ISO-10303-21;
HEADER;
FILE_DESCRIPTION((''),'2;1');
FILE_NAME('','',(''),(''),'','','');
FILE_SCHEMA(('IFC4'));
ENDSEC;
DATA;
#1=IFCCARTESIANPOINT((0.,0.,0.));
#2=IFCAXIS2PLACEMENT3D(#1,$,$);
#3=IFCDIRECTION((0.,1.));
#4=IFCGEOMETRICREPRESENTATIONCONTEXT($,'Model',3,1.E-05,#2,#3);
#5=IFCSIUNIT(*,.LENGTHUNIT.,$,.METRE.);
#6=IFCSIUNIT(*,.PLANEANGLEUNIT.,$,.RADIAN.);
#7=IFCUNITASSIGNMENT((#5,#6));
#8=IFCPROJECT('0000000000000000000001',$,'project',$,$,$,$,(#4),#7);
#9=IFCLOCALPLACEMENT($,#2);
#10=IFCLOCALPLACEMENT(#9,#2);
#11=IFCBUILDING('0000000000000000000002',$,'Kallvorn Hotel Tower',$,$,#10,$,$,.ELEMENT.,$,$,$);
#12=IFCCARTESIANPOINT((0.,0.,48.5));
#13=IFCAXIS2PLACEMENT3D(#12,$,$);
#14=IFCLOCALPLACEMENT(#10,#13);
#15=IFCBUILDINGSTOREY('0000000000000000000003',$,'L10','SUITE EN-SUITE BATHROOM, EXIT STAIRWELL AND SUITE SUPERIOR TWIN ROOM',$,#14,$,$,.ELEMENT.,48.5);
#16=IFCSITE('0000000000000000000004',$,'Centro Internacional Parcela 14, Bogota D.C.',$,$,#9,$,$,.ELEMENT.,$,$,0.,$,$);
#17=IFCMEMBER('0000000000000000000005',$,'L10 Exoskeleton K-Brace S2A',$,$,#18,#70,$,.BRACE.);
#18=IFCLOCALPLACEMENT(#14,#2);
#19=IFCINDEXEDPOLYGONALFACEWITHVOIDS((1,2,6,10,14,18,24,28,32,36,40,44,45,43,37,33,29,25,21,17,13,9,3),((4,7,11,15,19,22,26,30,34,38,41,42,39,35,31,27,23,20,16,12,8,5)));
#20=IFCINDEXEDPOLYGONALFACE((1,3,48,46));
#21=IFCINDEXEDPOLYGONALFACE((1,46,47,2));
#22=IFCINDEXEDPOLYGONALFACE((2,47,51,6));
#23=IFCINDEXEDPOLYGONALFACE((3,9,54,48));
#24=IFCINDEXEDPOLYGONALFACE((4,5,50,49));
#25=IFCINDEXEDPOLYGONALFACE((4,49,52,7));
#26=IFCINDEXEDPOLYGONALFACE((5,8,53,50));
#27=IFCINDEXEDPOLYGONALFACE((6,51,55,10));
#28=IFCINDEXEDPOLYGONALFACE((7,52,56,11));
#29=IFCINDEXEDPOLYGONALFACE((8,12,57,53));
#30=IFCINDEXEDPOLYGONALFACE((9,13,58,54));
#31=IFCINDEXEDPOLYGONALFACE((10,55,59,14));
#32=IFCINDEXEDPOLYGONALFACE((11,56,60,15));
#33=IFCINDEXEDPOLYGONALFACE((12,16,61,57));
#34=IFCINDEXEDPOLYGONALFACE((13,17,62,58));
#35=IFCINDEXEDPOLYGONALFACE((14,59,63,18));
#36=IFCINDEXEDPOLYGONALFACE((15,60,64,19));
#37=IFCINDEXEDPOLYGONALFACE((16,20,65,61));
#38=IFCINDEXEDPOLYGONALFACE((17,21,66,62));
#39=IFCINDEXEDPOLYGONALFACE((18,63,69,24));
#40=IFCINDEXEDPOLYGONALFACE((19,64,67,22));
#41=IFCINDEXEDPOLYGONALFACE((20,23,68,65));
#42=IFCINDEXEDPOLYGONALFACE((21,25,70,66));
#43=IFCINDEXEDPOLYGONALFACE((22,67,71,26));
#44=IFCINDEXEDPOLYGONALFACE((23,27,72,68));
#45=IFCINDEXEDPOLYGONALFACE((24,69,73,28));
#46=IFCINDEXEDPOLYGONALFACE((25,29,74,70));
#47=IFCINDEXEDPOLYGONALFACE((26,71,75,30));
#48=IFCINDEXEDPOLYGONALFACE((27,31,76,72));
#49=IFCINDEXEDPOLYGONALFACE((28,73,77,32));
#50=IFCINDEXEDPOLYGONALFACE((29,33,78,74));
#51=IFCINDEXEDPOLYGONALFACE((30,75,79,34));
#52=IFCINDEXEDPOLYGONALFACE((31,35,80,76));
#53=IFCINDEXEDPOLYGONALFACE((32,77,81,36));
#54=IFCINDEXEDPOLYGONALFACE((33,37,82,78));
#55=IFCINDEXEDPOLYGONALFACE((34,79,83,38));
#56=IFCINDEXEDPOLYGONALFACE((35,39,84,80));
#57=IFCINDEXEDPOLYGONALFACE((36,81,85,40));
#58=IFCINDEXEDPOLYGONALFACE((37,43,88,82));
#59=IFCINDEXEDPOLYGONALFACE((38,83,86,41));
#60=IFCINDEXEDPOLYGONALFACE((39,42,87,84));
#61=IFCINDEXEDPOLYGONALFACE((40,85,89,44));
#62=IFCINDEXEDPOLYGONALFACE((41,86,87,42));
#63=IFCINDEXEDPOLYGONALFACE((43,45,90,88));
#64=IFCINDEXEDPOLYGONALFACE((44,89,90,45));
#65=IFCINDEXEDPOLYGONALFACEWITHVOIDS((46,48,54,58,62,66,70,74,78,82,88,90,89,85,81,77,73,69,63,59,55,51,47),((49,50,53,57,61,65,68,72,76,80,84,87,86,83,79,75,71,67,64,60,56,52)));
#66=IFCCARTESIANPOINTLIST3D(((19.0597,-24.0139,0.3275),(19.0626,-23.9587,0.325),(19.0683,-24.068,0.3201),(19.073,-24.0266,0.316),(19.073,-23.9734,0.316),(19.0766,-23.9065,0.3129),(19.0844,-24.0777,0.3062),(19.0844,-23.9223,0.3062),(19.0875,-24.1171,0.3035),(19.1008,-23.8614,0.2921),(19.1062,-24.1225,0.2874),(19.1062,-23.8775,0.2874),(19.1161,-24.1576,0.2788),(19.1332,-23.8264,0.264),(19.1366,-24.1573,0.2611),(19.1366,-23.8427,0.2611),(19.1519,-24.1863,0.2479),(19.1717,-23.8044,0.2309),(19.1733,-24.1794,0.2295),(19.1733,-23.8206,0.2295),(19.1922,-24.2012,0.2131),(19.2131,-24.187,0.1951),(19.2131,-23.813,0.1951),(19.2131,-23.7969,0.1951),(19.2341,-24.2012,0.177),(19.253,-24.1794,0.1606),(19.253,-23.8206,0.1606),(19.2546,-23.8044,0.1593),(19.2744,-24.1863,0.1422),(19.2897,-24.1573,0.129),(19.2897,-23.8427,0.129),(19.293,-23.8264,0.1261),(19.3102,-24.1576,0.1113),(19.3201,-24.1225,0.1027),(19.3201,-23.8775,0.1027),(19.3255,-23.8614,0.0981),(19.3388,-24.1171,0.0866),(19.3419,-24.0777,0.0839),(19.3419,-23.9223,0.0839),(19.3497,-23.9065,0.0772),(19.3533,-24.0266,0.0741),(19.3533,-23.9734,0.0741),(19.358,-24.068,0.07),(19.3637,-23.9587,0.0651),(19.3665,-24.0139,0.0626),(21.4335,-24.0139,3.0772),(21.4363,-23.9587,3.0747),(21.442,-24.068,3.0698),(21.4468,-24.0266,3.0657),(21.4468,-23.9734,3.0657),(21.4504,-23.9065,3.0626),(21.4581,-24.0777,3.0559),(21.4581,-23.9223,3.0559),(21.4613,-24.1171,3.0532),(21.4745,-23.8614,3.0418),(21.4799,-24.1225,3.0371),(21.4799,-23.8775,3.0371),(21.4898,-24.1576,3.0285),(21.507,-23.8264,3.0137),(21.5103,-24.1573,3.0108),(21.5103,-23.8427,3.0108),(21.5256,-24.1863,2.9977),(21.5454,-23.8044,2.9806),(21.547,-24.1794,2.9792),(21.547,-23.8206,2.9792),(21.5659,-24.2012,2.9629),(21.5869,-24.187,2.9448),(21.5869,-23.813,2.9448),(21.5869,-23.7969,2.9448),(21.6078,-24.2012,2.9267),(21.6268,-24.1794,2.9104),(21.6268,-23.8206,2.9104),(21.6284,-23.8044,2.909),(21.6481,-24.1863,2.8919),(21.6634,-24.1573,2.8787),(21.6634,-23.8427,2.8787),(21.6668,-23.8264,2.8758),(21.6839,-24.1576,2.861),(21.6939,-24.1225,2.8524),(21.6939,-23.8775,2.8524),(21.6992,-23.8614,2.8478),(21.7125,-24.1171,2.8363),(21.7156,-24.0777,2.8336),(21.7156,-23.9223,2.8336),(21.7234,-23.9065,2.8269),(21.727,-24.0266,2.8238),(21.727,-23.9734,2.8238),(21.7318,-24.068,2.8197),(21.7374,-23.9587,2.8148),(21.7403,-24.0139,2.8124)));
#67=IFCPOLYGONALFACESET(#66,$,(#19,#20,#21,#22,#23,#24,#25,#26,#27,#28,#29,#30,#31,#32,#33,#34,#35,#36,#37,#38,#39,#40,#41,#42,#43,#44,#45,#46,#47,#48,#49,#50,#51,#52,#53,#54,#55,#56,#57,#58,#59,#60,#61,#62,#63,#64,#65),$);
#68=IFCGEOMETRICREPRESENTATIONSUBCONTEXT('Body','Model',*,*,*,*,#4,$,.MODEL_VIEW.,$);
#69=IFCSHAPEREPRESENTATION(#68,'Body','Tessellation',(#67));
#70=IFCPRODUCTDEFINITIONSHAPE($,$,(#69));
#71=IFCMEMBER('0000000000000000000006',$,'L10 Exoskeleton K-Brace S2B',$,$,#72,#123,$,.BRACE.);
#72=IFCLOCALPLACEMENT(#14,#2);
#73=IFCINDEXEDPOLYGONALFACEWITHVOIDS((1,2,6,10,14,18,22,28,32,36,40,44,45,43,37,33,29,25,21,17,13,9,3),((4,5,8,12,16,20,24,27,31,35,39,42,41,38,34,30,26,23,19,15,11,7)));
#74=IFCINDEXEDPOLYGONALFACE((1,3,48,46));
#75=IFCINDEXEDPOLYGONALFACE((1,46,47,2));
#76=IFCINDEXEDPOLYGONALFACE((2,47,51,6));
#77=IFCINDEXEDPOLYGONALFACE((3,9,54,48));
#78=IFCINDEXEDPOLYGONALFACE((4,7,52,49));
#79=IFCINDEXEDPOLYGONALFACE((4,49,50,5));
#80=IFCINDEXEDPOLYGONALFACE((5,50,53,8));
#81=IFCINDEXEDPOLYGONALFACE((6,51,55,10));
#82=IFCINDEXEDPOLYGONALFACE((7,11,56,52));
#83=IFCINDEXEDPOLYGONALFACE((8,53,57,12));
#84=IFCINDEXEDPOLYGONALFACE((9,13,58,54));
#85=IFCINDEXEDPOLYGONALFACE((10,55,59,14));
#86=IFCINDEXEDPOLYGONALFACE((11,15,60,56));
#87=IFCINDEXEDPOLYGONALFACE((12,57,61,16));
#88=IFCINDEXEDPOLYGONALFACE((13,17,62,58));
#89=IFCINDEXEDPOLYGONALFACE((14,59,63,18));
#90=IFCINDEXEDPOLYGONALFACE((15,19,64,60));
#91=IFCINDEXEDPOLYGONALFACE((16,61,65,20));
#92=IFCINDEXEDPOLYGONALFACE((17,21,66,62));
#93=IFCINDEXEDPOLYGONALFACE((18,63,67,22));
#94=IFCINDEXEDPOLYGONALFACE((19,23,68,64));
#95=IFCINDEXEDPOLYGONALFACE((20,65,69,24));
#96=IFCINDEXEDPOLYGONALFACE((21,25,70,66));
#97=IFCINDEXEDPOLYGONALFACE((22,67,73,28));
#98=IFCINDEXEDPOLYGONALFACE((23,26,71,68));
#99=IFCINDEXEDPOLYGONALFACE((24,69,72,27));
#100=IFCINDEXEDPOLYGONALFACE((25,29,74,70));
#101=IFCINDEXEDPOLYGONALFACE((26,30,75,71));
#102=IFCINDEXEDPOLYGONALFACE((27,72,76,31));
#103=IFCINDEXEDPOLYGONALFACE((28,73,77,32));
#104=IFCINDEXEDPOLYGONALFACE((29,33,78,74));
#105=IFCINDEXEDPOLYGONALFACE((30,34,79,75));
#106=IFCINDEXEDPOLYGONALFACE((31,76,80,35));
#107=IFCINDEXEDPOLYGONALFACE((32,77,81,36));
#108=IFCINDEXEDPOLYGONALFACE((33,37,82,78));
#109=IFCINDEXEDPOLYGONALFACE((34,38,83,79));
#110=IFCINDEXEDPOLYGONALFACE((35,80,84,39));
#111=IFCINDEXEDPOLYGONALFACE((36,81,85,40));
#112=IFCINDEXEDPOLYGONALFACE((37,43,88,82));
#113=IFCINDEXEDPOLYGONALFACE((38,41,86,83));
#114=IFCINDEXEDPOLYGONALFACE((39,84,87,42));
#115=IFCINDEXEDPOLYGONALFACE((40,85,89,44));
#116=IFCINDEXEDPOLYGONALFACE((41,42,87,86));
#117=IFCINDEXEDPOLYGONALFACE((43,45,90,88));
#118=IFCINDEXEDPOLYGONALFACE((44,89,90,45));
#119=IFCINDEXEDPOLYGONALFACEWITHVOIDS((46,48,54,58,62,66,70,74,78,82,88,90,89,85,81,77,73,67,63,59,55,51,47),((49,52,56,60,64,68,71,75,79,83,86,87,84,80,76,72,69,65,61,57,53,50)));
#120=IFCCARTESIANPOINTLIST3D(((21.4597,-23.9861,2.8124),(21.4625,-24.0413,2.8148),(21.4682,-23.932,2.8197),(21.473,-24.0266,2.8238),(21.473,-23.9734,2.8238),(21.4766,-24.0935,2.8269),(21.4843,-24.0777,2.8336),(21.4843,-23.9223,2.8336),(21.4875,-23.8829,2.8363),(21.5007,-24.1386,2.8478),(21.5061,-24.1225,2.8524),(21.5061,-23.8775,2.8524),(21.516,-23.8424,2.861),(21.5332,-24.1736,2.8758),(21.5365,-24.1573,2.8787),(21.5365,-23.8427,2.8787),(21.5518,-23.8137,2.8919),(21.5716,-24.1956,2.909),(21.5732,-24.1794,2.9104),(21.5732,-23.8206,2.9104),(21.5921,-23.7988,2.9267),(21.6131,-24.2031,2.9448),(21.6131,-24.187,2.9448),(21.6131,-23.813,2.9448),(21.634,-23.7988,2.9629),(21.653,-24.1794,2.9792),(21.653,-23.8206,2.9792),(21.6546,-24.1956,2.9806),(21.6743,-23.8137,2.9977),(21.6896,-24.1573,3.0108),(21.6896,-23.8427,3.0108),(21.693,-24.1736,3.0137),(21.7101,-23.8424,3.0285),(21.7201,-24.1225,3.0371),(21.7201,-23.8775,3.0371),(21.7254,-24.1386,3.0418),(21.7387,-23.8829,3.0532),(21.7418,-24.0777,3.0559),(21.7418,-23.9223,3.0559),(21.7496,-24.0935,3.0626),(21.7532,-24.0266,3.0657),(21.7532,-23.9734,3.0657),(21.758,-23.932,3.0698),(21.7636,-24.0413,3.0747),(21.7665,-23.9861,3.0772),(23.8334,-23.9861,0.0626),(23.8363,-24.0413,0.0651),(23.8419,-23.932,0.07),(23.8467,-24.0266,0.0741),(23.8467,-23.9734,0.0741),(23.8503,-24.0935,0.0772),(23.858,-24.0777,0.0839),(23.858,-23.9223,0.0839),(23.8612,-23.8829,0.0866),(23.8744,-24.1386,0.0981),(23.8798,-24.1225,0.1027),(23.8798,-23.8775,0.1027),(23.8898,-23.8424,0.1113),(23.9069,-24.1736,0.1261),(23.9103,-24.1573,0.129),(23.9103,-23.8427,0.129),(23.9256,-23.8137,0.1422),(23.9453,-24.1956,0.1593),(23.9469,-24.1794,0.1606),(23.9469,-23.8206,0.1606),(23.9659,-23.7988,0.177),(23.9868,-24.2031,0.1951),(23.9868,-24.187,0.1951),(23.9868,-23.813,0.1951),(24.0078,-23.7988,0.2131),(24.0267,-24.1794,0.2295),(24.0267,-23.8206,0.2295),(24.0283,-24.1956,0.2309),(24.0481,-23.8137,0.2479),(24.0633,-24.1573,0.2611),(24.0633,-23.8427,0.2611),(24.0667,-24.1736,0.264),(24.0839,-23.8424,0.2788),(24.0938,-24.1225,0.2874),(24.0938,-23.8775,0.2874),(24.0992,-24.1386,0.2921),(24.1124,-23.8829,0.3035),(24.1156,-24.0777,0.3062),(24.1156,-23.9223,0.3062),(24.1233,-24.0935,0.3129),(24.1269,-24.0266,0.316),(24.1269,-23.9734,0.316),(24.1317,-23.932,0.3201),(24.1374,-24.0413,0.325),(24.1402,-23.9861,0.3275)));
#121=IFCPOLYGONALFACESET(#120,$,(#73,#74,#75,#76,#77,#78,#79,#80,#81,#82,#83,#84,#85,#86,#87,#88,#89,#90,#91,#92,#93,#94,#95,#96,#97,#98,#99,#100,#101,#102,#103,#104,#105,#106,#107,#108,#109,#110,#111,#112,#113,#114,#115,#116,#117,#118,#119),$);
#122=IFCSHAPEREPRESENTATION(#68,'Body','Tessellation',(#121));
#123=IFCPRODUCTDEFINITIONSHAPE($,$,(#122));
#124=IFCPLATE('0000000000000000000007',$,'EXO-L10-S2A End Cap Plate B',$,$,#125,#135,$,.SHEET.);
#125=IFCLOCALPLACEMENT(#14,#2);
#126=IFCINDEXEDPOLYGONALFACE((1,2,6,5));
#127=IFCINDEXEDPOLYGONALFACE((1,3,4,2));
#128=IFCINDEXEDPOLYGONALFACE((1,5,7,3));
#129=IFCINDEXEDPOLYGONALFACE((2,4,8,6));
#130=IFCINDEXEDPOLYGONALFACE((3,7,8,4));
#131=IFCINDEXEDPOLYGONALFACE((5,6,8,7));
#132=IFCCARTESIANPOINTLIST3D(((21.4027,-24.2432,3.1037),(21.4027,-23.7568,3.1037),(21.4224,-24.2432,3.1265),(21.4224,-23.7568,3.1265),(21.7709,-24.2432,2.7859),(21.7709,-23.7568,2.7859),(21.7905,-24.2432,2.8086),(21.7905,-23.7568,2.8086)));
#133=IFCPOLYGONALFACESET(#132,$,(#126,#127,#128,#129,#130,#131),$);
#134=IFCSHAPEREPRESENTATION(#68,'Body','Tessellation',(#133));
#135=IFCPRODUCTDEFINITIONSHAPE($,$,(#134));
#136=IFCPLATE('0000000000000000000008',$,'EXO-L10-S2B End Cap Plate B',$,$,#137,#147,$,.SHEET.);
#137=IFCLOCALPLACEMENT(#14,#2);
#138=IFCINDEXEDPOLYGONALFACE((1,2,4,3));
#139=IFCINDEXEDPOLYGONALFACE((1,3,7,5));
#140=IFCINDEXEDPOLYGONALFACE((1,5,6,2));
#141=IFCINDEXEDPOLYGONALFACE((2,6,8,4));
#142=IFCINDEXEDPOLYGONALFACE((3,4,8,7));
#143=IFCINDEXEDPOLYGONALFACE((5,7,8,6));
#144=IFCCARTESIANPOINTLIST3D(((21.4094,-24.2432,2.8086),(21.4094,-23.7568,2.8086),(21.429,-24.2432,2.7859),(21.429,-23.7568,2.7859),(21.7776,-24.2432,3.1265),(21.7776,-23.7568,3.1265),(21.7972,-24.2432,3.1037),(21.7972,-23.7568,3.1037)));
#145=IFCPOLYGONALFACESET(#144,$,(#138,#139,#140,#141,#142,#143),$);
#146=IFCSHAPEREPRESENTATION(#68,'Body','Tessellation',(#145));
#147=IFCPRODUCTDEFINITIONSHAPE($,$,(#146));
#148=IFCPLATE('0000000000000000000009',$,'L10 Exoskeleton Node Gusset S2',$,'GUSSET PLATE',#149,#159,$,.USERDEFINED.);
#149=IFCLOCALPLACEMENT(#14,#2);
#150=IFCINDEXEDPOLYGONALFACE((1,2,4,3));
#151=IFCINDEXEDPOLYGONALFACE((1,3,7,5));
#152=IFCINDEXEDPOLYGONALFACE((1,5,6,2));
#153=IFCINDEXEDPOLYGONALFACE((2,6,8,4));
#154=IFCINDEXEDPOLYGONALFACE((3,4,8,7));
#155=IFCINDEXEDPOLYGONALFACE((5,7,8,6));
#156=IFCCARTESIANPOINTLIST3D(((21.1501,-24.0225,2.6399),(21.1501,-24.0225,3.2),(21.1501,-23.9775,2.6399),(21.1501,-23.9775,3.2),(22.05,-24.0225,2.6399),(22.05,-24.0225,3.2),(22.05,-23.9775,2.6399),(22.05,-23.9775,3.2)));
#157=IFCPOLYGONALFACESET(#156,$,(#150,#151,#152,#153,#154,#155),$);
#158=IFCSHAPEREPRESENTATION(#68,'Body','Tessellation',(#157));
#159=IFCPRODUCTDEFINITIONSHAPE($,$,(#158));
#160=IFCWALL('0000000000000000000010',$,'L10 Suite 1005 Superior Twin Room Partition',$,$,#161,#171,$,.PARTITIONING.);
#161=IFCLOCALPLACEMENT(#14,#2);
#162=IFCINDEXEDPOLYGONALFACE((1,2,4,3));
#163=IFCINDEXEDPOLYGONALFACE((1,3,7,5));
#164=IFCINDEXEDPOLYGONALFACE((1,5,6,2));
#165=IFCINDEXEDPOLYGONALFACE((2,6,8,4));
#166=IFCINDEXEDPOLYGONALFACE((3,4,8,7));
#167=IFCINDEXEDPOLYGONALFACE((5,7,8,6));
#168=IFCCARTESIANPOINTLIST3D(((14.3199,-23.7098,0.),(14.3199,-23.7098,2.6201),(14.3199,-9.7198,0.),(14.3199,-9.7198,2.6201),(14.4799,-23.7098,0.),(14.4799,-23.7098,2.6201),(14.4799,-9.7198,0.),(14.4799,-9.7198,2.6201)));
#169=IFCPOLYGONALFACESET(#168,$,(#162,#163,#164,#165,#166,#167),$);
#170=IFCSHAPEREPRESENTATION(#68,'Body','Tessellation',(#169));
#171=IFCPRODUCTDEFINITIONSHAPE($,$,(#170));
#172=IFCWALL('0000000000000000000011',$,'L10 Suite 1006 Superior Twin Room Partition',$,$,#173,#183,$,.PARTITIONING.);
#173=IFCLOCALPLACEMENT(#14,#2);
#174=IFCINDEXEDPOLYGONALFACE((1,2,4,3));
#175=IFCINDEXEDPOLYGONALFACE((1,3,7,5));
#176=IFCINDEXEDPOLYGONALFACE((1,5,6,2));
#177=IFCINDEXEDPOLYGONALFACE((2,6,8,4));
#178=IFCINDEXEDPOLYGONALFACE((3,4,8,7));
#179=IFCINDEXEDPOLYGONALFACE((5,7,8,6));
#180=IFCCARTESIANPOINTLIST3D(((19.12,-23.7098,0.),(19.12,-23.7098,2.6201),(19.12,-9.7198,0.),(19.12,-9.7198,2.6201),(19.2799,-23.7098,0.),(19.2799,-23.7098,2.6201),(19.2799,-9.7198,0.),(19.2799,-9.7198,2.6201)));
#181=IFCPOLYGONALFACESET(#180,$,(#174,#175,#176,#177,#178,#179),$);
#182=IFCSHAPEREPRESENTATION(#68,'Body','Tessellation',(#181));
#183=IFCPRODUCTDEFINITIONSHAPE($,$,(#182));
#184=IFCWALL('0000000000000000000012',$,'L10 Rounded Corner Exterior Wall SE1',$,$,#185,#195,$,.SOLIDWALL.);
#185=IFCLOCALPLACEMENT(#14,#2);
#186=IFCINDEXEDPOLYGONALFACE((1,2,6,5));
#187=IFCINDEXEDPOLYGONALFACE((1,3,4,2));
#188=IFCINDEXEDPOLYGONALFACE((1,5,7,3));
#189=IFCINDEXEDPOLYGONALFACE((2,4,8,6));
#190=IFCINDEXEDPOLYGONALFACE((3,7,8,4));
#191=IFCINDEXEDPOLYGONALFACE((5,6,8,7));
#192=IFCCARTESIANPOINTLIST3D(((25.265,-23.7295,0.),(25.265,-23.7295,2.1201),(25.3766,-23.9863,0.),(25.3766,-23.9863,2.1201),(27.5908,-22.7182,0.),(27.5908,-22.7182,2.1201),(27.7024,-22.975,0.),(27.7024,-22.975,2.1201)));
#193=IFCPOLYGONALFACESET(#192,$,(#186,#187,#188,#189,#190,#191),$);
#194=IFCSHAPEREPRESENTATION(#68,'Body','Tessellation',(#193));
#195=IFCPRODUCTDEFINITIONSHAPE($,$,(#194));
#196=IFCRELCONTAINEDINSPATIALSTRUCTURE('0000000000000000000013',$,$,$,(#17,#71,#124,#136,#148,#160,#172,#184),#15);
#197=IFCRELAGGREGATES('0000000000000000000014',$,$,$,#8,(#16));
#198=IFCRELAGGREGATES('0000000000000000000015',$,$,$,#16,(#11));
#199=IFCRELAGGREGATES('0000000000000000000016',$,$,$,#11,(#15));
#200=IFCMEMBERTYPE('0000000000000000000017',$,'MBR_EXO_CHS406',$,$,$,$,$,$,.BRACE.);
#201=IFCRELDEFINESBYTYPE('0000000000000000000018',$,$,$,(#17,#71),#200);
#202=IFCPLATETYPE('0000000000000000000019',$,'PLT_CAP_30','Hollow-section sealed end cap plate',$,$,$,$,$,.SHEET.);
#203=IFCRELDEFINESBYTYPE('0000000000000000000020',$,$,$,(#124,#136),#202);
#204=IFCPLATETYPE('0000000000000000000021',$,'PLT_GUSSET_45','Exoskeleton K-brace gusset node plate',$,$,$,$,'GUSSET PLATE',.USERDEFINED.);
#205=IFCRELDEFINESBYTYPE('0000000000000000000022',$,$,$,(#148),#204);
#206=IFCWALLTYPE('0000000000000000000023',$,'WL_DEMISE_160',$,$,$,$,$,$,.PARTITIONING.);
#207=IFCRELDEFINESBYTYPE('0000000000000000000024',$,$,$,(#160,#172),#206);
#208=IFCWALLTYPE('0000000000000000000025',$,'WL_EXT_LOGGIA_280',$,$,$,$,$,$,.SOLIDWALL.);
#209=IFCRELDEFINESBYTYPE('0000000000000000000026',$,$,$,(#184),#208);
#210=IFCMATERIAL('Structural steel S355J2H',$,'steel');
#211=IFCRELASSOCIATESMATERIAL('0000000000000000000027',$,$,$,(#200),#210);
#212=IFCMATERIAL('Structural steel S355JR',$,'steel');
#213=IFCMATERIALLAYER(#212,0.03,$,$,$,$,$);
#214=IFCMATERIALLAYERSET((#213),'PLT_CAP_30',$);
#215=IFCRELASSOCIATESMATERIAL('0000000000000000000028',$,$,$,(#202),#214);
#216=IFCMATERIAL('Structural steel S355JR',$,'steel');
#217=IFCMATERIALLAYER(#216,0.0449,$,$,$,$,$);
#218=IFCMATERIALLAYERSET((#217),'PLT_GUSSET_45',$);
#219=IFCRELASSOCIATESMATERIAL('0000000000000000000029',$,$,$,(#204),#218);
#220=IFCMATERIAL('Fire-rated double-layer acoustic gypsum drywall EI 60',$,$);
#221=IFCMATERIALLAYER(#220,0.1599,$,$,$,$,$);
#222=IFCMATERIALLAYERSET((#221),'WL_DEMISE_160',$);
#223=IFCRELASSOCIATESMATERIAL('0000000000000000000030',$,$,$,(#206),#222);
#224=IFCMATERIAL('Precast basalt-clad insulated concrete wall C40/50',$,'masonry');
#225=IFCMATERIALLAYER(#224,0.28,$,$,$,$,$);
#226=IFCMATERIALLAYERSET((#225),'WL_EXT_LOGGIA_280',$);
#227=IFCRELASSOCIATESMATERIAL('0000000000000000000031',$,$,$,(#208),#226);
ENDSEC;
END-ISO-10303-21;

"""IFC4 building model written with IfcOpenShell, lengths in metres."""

from ifc_helpers import new_model, si_unit, direction, frame, frame_2d, origin, origin_2d, place, context, subcontext, project, spatial, polyline, rectangle, hollow_circle, outline, extrude, material, layer, layer_set, material_profile, profile_set, type_object, element, save


model = new_model("IFC4")

# Units and contexts
model_context = context("Model", 3, precision=1e-05, world=origin(), true_north=direction((0.0, 1.0)))
body_context = subcontext(model_context, "Body", "Model", "MODEL_VIEW")
ifc_project = project(units=[si_unit("LENGTHUNIT", "METRE"), si_unit("PLANEANGLEUNIT", "RADIAN")], contexts=[model_context])

# Site, building, storey
site_placement = place(None, origin())
site = spatial("IfcSite", under=ifc_project, at=site_placement, Name="Centro Internacional Parcela 14, Bogota D.C.", CompositionType="ELEMENT", RefElevation=0.0)
building_placement = place(site_placement, origin())
building = spatial("IfcBuilding", under=site, at=building_placement, Name="Kallvorn Hotel Tower", CompositionType="ELEMENT")
storey_placement = place(building_placement, frame((0.0, 0.0, 48.5)))
storey = spatial("IfcBuildingStorey", under=building, at=storey_placement, Name="L10", Description="SUITE EN-SUITE BATHROOM, EXIT STAIRWELL AND SUITE SUPERIOR TWIN ROOM", CompositionType="ELEMENT", Elevation=48.5)

# Members
ifc_material_1 = material(Name="Structural steel S355J2H", Category="steel")
ifc_material_profile_1 = material_profile(ifc_material_1, hollow_circle(Radius=0.2031, WallThickness=0.0161, at=origin_2d()), Name="CHS 406.4x16")
ifc_profile_set_1 = profile_set([ifc_material_profile_1], Name="Structural steel S355J2H")
member_type = type_object("IfcMemberType", Name="MBR_EXO_CHS406", PredefinedType="BRACE", material=ifc_profile_set_1)
for number, where, z_axis, x_axis, name in (
    (1, (19.2131, -24.0, 0.1951), (0.653461, 0.0, 0.756961), (0.0, 1.0, 0.0), "L10 Exoskeleton K-Brace S2A"),
    (2, (23.9868, -24.0, 0.1951), (-0.653461, 0.0, 0.756961), (0.0, -1.0, 0.0), "L10 Exoskeleton K-Brace S2B"),
):
    element("IfcMember", number, at=place(storey_placement, frame(where, z_axis=z_axis, x_axis=x_axis)), inside=storey, type_object=member_type, Name=name, PredefinedType="BRACE", context=body_context, shape_type="SweptSolid", body=[
        extrude(hollow_circle(Radius=0.2031, WallThickness=0.0161, at=origin_2d()), origin(), (0.0, 0.0, 1.0), 3.6326),
    ])

# Plates
ifc_material_2 = material(Name="Structural steel S355JR", Category="steel")
ifc_layer_1 = layer(ifc_material_2, 0.03)
ifc_layer_set_1 = layer_set([ifc_layer_1], Name="PLT_CAP_30")
plate_type_1 = type_object("IfcPlateType", Name="PLT_CAP_30", Description="Hollow-section sealed end cap plate", PredefinedType="SHEET", material=ifc_layer_set_1)
for number, where, z_axis, x_axis, name in (
    (3, (21.7905, -24.2432, 2.8086), (0.653515, 0.0, 0.756913), (0.0, 1.0, 0.0), "EXO-L10-S2A End Cap Plate B"),
    (4, (21.4094, -23.7568, 2.8086), (-0.653515, 0.0, 0.756913), (0.0, -1.0, 0.0), "EXO-L10-S2B End Cap Plate B"),
):
    element("IfcPlate", number, at=place(storey_placement, frame(where, z_axis=z_axis, x_axis=x_axis)), inside=storey, type_object=plate_type_1, Name=name, PredefinedType="SHEET", context=body_context, shape_type="SweptSolid", body=[
        extrude(outline(polyline([(0.0, 0.0), (0.4863, 0.0), (0.4863, 0.4864), (0.0, 0.4864), (0.0, 0.0)])), origin(), (0.0, 0.0, -1.0), 0.03),
    ])
ifc_material_3 = material(Name="Structural steel S355JR", Category="steel")
ifc_layer_2 = layer(ifc_material_3, 0.0449)
ifc_layer_set_2 = layer_set([ifc_layer_2], Name="PLT_GUSSET_45")
plate_type_2 = type_object("IfcPlateType", Name="PLT_GUSSET_45", Description="Exoskeleton K-brace gusset node plate", ElementType="GUSSET PLATE", PredefinedType="USERDEFINED", material=ifc_layer_set_2)
plate_placement = place(storey_placement, frame((21.6001, -24.0, 2.6399), z_axis=(0.0, 0.0, 1.0), x_axis=(1.0, 0.0, 0.0)))
element("IfcPlate", 5, at=plate_placement, inside=storey, type_object=plate_type_2, Name="L10 Exoskeleton Node Gusset S2", ObjectType="GUSSET PLATE", PredefinedType="USERDEFINED", context=body_context, shape_type="SweptSolid", body=[
    extrude(rectangle(XDim=0.8999, YDim=0.0449, at=origin_2d()), origin(), (0.0, 0.0, 1.0), 0.5601),
])

# Walls
ifc_material_4 = material(Name="Fire-rated double-layer acoustic gypsum drywall EI 60")
ifc_layer_3 = layer(ifc_material_4, 0.1599)
ifc_layer_set_3 = layer_set([ifc_layer_3], Name="WL_DEMISE_160")
wall_type_1 = type_object("IfcWallType", Name="WL_DEMISE_160", PredefinedType="PARTITIONING", material=ifc_layer_set_3)
for number, where, z_axis, x_axis, name in (
    (6, (14.3999, -23.71, 0.0), (0.0, 0.0, 1.0), (0.0, 1.0, 0.0), "L10 Suite 1005 Superior Twin Room Partition"),
    (7, (19.2, -23.71, 0.0), (0.0, 0.0, 1.0), (0.0, 1.0, 0.0), "L10 Suite 1006 Superior Twin Room Partition"),
):
    element("IfcWall", number, at=place(storey_placement, frame(where, z_axis=z_axis, x_axis=x_axis)), inside=storey, type_object=wall_type_1, Name=name, PredefinedType="PARTITIONING", context=body_context, shape_type="SweptSolid", body=[
        extrude(rectangle(XDim=13.99, YDim=0.1599, at=frame_2d((6.9951, 0.0))), origin(), (0.0, 0.0, 1.0), 2.6201),
    ])
ifc_material_5 = material(Name="Precast basalt-clad insulated concrete wall C40/50", Category="masonry")
ifc_layer_4 = layer(ifc_material_5, 0.28)
ifc_layer_set_4 = layer_set([ifc_layer_4], Name="WL_EXT_LOGGIA_280")
wall_type_2 = type_object("IfcWallType", Name="WL_EXT_LOGGIA_280", PredefinedType="SOLIDWALL", material=ifc_layer_set_4)
wall_1_placement = place(storey_placement, frame((25.3208, -23.8579, 0.0), z_axis=(0.0, 0.0, 1.0), x_axis=(0.917061, 0.398747, 0.0)))
element("IfcWall", 8, at=wall_1_placement, inside=storey, type_object=wall_type_2, Name="L10 Rounded Corner Exterior Wall SE1", PredefinedType="SOLIDWALL", context=body_context, shape_type="SweptSolid", body=[
    extrude(rectangle(XDim=2.5361, YDim=0.28, at=frame_2d((1.2681, 0.0))), origin(), (0.0, 0.0, 1.0), 2.1201),
])

save(model, "model.ifc")
